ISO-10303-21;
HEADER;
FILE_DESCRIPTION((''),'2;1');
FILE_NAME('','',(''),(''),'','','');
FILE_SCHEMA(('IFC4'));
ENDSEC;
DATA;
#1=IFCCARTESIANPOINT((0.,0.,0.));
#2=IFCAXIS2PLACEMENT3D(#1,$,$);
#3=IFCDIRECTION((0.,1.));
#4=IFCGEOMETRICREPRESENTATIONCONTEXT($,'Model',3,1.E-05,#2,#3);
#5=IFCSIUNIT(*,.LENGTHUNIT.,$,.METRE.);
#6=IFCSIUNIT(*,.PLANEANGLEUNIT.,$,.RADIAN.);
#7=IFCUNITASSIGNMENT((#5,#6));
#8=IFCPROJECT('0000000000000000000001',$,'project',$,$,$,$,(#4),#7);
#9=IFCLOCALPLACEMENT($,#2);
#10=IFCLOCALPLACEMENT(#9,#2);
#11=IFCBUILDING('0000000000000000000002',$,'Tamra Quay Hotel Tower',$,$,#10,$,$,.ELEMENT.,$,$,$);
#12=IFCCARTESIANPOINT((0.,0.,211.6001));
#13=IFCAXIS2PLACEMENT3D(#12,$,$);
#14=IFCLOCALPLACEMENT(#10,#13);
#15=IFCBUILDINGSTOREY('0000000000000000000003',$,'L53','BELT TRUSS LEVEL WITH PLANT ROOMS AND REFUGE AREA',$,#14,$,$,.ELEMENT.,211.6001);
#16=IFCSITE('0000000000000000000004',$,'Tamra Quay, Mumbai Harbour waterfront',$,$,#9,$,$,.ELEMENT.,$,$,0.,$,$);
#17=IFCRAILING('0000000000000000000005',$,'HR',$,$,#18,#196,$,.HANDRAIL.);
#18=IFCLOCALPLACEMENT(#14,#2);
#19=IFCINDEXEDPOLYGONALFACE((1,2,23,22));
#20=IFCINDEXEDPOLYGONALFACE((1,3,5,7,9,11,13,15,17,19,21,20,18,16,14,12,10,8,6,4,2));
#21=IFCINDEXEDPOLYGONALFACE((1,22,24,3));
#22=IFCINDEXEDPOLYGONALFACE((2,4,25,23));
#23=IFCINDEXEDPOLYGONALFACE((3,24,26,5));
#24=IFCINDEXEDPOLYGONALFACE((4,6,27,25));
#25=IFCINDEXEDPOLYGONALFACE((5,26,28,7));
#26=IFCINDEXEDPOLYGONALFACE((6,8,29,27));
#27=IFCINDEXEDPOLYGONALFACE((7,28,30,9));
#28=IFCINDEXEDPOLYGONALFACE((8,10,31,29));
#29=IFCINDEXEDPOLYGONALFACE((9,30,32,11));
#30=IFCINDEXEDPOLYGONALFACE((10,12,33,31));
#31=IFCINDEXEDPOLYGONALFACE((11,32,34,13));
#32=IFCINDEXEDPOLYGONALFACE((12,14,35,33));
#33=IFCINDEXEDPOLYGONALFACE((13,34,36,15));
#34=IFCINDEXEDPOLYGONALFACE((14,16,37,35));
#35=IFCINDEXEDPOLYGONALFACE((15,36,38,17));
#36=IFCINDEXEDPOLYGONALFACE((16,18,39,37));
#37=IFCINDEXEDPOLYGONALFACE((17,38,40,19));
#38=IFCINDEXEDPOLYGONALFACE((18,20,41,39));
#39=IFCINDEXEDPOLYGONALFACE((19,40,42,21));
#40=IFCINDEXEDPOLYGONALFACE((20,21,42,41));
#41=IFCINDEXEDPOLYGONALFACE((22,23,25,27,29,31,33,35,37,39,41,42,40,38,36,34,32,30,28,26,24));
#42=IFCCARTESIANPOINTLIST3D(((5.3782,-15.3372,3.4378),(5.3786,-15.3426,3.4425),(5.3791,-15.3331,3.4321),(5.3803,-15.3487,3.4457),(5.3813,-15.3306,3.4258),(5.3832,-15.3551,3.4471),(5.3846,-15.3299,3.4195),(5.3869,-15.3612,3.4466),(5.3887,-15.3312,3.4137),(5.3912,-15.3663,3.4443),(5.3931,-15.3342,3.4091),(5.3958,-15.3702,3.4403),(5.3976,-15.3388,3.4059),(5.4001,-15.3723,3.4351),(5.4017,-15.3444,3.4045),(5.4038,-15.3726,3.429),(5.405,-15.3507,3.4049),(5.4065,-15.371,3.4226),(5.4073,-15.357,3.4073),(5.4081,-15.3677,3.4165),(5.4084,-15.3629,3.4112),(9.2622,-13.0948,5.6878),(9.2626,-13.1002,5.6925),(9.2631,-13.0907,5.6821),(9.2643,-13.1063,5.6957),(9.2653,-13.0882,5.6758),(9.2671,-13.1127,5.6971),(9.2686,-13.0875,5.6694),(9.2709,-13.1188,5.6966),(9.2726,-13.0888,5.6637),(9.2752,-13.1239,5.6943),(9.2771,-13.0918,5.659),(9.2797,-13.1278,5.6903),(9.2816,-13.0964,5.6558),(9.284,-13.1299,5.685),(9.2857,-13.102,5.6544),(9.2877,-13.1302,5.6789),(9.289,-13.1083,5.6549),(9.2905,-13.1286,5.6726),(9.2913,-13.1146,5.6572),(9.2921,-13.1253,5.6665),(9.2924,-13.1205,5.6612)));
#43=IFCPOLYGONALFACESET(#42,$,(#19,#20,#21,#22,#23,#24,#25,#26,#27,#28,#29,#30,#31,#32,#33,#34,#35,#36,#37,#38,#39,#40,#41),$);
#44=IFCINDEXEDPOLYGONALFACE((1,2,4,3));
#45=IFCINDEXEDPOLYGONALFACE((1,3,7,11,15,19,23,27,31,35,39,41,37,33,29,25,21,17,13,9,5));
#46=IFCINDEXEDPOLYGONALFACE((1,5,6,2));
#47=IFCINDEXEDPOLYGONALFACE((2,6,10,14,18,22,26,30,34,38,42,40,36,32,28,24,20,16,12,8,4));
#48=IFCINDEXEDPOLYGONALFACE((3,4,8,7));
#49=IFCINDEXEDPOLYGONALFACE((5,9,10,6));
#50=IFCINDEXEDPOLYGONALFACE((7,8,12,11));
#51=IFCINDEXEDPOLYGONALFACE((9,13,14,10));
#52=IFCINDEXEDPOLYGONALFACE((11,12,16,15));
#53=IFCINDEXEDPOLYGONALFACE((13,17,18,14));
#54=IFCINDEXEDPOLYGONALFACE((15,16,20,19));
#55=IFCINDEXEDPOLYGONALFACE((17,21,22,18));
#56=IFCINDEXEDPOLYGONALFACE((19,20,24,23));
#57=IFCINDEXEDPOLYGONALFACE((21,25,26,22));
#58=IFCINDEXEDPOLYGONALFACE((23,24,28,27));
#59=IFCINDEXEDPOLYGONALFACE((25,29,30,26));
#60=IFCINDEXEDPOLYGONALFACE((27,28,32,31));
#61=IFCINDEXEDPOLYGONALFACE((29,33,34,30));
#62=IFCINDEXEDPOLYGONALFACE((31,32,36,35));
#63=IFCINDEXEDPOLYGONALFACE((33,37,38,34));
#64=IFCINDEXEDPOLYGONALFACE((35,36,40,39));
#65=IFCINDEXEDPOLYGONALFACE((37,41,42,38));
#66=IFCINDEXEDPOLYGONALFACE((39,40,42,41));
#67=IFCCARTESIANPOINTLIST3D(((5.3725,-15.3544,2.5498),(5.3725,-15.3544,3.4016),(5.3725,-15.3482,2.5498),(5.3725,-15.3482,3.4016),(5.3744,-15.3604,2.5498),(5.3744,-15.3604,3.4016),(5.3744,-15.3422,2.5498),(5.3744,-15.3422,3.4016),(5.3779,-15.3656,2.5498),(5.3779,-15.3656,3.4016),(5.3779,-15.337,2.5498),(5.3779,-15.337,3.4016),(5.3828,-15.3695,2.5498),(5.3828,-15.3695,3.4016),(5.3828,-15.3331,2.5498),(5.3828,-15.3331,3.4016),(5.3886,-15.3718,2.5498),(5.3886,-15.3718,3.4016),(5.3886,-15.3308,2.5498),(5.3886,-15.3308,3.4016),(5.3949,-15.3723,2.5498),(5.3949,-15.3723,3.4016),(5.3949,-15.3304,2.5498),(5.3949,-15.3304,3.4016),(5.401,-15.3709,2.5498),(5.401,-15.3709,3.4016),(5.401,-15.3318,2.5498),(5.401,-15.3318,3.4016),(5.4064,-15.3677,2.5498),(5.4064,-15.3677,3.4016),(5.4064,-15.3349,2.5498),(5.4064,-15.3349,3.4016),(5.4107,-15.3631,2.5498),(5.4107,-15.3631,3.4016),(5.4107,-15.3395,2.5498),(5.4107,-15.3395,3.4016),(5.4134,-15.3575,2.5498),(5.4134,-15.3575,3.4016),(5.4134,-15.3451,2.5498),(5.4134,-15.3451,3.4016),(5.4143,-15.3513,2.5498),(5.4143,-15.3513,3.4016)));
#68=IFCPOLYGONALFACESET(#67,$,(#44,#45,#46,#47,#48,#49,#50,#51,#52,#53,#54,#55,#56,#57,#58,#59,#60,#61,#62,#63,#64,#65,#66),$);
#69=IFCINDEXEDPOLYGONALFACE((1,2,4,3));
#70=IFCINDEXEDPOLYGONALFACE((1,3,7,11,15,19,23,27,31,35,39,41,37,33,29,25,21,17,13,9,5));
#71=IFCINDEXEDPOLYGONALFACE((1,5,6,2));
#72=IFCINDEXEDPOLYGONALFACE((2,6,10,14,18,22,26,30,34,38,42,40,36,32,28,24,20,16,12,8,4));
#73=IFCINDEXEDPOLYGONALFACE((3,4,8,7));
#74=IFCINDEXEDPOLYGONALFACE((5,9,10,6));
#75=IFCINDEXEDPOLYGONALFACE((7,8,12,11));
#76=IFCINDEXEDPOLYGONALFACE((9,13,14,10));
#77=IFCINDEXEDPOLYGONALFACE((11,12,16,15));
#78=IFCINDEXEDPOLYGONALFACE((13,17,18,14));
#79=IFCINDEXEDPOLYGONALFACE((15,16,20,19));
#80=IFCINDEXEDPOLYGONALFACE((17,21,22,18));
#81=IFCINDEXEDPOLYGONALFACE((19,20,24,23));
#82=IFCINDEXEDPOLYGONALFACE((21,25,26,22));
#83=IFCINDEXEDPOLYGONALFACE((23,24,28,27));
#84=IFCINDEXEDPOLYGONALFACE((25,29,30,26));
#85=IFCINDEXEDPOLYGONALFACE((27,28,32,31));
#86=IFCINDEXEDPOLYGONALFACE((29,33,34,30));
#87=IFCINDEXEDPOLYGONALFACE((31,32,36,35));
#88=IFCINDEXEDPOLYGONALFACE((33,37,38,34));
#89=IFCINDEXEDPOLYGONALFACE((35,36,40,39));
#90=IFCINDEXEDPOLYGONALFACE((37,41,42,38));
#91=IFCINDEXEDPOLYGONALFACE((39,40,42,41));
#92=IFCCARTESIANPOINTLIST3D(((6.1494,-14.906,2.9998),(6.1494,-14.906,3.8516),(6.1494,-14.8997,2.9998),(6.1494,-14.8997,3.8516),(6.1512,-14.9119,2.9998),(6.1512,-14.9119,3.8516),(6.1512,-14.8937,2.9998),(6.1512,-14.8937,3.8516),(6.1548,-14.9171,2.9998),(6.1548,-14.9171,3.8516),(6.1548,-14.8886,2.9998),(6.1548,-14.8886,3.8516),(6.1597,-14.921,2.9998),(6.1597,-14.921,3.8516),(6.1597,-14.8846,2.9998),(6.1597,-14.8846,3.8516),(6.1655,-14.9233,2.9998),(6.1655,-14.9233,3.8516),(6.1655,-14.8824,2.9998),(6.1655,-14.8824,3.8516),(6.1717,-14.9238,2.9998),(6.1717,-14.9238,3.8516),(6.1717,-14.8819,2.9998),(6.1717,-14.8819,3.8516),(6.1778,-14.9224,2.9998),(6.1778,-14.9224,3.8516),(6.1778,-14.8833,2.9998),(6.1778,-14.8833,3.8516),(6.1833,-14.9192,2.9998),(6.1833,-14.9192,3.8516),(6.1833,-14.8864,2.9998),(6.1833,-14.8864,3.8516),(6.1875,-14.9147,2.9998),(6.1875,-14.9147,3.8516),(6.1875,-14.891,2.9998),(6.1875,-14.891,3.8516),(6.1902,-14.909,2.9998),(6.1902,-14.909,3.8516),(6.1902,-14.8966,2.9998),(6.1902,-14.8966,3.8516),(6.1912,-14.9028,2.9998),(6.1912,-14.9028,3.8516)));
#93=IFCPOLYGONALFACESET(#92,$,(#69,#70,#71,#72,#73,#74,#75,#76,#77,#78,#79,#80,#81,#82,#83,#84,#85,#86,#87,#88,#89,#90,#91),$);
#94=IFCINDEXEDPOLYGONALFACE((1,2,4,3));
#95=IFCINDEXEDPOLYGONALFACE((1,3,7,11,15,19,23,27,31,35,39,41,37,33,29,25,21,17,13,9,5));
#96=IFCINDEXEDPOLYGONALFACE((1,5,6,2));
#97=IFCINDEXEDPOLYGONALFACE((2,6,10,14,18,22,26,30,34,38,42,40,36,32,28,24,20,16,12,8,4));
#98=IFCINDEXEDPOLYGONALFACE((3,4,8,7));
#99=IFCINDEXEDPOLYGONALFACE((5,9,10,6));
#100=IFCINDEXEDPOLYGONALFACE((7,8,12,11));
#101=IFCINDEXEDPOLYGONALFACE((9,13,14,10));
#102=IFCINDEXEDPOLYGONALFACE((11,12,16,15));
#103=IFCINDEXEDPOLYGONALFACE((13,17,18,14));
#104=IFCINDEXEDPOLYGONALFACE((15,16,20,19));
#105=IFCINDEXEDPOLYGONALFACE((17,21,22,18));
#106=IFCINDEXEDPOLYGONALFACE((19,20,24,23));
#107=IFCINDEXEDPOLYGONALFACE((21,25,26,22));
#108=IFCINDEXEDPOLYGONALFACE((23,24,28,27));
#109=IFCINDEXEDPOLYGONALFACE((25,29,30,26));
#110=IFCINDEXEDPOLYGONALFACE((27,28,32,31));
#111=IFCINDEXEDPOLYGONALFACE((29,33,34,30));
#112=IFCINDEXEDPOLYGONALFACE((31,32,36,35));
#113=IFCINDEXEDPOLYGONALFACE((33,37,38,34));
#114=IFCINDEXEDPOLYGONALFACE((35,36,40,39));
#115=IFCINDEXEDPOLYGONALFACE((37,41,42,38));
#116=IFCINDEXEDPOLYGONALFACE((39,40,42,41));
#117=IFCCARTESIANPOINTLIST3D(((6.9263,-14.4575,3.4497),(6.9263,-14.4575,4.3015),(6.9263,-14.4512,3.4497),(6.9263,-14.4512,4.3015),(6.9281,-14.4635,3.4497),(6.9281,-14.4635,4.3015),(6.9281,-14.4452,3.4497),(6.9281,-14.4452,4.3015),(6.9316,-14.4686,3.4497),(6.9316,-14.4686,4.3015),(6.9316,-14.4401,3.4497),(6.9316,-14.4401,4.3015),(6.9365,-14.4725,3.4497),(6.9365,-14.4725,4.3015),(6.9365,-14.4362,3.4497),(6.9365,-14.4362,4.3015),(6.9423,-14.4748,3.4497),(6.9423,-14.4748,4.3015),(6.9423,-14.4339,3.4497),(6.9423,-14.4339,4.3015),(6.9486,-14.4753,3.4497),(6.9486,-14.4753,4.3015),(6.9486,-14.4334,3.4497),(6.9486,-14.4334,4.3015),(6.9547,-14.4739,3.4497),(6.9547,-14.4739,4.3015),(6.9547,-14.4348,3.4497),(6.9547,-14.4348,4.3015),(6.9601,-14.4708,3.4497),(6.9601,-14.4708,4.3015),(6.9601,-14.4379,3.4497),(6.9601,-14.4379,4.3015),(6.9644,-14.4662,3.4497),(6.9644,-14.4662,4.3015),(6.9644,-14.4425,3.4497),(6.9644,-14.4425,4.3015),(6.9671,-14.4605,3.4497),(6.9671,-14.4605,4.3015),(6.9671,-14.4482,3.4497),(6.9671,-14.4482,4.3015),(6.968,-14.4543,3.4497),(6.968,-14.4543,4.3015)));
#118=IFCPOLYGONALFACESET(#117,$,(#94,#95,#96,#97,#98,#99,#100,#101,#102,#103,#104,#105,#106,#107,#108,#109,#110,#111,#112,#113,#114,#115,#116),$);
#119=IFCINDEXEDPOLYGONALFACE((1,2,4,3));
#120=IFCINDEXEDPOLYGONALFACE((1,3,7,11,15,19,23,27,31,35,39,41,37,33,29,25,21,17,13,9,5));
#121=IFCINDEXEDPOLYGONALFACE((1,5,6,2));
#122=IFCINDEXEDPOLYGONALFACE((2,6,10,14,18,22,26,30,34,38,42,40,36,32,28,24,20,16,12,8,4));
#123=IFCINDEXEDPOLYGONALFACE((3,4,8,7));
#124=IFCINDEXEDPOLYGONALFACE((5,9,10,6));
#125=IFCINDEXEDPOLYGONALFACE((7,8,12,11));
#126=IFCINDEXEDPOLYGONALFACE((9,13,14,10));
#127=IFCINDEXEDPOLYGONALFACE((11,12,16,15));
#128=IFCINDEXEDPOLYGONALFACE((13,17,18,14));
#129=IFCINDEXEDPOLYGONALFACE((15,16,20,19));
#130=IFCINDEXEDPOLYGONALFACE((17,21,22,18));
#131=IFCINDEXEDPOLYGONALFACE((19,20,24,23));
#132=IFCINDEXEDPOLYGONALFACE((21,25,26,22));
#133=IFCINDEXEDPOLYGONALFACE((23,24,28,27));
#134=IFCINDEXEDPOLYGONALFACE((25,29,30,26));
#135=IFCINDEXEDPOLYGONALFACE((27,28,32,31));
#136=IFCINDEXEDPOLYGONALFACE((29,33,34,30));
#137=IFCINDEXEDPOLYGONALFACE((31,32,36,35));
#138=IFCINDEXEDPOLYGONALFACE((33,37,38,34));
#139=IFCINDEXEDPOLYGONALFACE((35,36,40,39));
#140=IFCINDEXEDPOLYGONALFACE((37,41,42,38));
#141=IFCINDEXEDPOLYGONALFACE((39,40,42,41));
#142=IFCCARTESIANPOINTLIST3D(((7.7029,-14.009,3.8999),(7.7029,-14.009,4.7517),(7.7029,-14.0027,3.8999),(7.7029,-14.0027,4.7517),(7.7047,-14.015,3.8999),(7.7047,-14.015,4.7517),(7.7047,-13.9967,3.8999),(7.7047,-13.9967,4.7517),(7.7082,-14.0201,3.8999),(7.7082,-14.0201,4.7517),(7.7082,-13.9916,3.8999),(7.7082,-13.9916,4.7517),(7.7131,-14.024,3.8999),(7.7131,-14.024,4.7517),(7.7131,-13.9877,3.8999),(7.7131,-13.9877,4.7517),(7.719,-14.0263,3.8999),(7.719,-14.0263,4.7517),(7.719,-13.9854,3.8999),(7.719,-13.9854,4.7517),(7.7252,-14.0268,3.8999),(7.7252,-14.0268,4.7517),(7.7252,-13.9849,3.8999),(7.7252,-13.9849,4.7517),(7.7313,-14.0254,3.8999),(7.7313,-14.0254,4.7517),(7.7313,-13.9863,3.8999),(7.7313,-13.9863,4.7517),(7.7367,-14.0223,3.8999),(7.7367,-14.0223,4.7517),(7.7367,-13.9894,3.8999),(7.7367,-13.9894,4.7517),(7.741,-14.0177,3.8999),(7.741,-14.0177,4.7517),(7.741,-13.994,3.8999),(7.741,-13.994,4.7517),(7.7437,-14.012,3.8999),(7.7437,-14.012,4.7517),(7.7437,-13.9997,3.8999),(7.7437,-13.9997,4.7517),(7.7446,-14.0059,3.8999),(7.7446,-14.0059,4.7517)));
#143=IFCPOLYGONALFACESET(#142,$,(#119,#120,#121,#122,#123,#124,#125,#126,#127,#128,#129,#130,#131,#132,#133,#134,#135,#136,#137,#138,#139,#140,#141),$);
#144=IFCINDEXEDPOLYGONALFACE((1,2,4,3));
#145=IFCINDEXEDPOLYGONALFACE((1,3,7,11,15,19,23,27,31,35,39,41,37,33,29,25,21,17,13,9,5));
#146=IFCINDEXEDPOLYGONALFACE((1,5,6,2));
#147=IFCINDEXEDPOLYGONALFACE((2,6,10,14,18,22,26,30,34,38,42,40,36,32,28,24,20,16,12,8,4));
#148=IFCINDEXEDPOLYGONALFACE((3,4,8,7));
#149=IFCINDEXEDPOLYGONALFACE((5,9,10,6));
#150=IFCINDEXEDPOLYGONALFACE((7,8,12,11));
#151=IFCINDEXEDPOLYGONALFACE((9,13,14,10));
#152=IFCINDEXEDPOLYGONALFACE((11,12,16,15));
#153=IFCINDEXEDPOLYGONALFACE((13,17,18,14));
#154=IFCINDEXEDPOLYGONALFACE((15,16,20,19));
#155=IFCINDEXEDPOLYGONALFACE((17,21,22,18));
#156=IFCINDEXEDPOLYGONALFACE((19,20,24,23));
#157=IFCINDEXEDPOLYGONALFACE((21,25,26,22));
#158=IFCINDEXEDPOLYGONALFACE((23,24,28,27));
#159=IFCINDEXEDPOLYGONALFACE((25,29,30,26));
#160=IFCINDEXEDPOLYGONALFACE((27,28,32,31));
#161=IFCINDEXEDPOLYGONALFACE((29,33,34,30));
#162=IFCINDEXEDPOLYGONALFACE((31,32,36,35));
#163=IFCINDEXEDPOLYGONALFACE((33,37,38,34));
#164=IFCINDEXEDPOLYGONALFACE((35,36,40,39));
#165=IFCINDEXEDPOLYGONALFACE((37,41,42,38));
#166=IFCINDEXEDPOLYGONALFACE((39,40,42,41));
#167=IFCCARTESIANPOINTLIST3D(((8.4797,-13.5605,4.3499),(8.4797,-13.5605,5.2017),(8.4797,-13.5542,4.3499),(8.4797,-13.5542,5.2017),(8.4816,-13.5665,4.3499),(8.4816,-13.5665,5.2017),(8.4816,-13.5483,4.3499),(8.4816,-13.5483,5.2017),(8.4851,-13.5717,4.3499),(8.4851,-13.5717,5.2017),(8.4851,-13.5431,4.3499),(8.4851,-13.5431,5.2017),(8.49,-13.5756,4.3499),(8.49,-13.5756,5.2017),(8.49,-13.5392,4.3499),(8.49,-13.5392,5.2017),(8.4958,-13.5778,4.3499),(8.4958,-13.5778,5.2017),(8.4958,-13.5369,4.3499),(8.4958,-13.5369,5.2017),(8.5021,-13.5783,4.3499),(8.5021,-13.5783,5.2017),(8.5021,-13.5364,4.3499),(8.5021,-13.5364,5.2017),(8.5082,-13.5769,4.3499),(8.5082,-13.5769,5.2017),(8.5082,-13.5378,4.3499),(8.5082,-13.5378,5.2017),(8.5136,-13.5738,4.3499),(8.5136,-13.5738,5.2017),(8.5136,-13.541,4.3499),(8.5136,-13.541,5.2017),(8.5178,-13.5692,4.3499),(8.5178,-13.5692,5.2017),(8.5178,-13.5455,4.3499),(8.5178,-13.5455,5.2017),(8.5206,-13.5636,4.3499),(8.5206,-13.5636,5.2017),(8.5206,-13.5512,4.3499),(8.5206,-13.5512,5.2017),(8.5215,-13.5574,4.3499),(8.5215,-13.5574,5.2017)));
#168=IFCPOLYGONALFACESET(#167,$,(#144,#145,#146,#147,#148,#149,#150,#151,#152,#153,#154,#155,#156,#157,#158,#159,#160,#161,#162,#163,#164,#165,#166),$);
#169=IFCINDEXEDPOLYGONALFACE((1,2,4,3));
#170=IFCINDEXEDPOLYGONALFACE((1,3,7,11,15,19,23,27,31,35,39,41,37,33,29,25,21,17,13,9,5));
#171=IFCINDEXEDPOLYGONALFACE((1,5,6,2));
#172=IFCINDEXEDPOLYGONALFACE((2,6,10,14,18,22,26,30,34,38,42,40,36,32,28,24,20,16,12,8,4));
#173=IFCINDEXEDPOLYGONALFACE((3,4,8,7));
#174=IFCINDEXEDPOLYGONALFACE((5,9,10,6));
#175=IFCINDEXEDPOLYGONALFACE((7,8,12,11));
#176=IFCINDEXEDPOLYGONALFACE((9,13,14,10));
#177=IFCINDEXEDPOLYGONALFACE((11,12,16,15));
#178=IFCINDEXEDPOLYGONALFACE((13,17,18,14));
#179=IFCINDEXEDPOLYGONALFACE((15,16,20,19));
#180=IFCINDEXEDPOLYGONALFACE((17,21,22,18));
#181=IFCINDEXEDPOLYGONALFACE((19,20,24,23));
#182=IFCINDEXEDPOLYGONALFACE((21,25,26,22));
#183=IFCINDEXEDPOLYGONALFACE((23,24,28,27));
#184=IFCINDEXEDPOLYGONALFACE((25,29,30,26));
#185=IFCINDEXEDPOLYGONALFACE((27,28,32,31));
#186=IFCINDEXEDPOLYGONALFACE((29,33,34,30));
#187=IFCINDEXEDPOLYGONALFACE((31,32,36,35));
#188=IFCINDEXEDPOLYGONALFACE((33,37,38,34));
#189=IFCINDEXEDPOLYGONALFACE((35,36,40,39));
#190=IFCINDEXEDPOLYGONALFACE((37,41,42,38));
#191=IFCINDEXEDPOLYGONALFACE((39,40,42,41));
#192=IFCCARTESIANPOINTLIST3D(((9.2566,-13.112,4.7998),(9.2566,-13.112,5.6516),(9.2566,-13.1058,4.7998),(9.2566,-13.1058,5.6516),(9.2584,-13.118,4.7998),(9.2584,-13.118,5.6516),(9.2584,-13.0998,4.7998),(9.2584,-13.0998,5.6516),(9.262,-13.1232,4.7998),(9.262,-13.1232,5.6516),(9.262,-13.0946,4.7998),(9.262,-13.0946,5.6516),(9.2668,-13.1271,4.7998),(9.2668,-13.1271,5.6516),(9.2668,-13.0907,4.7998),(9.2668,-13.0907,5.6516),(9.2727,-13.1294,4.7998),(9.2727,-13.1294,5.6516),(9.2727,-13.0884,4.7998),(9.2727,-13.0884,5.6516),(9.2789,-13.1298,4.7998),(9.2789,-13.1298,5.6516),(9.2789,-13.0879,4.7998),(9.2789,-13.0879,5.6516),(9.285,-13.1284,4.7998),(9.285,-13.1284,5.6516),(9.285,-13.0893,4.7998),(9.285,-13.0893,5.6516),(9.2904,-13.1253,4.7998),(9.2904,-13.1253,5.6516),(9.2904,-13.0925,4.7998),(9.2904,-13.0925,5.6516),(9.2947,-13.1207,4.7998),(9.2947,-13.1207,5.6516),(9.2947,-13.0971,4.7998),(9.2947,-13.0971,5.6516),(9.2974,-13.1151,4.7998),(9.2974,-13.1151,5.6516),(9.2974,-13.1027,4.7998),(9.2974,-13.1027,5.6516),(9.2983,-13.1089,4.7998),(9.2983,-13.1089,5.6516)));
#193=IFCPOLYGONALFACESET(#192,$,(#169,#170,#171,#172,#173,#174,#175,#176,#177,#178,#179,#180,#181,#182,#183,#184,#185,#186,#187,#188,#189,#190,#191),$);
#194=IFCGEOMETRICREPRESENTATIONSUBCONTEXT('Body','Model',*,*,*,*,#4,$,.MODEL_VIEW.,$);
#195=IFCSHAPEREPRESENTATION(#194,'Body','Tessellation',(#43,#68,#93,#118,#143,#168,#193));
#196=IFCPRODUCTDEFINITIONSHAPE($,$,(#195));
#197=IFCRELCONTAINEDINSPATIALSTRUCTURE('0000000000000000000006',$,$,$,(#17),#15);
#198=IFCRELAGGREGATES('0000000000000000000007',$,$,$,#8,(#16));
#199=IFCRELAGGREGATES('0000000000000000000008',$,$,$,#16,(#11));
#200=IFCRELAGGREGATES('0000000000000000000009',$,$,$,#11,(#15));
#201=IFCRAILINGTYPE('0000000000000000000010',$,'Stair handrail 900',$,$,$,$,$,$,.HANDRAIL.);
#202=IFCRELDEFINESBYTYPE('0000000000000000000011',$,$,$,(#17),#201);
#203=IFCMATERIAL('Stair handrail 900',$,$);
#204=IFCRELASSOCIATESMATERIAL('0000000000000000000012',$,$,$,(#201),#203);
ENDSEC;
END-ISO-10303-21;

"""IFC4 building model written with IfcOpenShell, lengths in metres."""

from ifc_helpers import new_model, si_unit, direction, frame, origin, origin_2d, place, context, subcontext, project, spatial, circle, extrude, material, type_object, element, save


model = new_model("IFC4")

# Units and contexts
model_context = context("Model", 3, precision=1e-05, world=origin(), true_north=direction((0.0, 1.0)))
body_context = subcontext(model_context, "Body", "Model", "MODEL_VIEW")
ifc_project = project(units=[si_unit("LENGTHUNIT", "METRE"), si_unit("PLANEANGLEUNIT", "RADIAN")], contexts=[model_context])

# Site, building, storey
site_placement = place(None, origin())
site = spatial("IfcSite", under=ifc_project, at=site_placement, Name="Tamra Quay, Mumbai Harbour waterfront", CompositionType="ELEMENT", RefElevation=0.0)
building_placement = place(site_placement, origin())
building = spatial("IfcBuilding", under=site, at=building_placement, Name="Tamra Quay Hotel Tower", CompositionType="ELEMENT")
storey_placement = place(building_placement, frame((0.0, 0.0, 211.6001)))
storey = spatial("IfcBuildingStorey", under=building, at=storey_placement, Name="L53", Description="BELT TRUSS LEVEL WITH PLANT ROOMS AND REFUGE AREA", CompositionType="ELEMENT", Elevation=211.6001)

# Railing
ifc_material_1 = material(Name="Stair handrail 900")
railing_type = type_object("IfcRailingType", Name="Stair handrail 900", PredefinedType="HANDRAIL", material=ifc_material_1)
railing_placement = place(storey_placement, frame((5.3933, -15.3513, 2.5498)))
element("IfcRailing", 1, at=railing_placement, inside=storey, type_object=railing_type, Name="HR", PredefinedType="HANDRAIL", context=body_context, shape_type="SweptSolid", body=[
    extrude(circle(Radius=0.0239, at=origin_2d()), frame((0.0, 0.0, 0.876), z_axis=(0.774076, 0.44691, 0.448418), x_axis=(-0.499997, 0.866027, 0.0)), (0.0, 0.0, 1.0), 5.0176),
    extrude(circle(Radius=0.021, at=origin_2d()), origin(), (0.0, 0.0, 1.0), 0.8518),
    extrude(circle(Radius=0.021, at=origin_2d()), frame((0.7769, 0.4485, 0.45)), (0.0, 0.0, 1.0), 0.8518),
    extrude(circle(Radius=0.021, at=origin_2d()), frame((1.5537, 0.897, 0.8999)), (0.0, 0.0, 1.0), 0.8518),
    extrude(circle(Radius=0.021, at=origin_2d()), frame((2.3303, 1.3455, 1.3501)), (0.0, 0.0, 1.0), 0.8518),
    extrude(circle(Radius=0.021, at=origin_2d()), frame((3.1072, 1.7939, 1.8)), (0.0, 0.0, 1.0), 0.8518),
    extrude(circle(Radius=0.021, at=origin_2d()), frame((3.884, 2.2424, 2.25)), (0.0, 0.0, 1.0), 0.8518),
])

save(model, "model.ifc")
